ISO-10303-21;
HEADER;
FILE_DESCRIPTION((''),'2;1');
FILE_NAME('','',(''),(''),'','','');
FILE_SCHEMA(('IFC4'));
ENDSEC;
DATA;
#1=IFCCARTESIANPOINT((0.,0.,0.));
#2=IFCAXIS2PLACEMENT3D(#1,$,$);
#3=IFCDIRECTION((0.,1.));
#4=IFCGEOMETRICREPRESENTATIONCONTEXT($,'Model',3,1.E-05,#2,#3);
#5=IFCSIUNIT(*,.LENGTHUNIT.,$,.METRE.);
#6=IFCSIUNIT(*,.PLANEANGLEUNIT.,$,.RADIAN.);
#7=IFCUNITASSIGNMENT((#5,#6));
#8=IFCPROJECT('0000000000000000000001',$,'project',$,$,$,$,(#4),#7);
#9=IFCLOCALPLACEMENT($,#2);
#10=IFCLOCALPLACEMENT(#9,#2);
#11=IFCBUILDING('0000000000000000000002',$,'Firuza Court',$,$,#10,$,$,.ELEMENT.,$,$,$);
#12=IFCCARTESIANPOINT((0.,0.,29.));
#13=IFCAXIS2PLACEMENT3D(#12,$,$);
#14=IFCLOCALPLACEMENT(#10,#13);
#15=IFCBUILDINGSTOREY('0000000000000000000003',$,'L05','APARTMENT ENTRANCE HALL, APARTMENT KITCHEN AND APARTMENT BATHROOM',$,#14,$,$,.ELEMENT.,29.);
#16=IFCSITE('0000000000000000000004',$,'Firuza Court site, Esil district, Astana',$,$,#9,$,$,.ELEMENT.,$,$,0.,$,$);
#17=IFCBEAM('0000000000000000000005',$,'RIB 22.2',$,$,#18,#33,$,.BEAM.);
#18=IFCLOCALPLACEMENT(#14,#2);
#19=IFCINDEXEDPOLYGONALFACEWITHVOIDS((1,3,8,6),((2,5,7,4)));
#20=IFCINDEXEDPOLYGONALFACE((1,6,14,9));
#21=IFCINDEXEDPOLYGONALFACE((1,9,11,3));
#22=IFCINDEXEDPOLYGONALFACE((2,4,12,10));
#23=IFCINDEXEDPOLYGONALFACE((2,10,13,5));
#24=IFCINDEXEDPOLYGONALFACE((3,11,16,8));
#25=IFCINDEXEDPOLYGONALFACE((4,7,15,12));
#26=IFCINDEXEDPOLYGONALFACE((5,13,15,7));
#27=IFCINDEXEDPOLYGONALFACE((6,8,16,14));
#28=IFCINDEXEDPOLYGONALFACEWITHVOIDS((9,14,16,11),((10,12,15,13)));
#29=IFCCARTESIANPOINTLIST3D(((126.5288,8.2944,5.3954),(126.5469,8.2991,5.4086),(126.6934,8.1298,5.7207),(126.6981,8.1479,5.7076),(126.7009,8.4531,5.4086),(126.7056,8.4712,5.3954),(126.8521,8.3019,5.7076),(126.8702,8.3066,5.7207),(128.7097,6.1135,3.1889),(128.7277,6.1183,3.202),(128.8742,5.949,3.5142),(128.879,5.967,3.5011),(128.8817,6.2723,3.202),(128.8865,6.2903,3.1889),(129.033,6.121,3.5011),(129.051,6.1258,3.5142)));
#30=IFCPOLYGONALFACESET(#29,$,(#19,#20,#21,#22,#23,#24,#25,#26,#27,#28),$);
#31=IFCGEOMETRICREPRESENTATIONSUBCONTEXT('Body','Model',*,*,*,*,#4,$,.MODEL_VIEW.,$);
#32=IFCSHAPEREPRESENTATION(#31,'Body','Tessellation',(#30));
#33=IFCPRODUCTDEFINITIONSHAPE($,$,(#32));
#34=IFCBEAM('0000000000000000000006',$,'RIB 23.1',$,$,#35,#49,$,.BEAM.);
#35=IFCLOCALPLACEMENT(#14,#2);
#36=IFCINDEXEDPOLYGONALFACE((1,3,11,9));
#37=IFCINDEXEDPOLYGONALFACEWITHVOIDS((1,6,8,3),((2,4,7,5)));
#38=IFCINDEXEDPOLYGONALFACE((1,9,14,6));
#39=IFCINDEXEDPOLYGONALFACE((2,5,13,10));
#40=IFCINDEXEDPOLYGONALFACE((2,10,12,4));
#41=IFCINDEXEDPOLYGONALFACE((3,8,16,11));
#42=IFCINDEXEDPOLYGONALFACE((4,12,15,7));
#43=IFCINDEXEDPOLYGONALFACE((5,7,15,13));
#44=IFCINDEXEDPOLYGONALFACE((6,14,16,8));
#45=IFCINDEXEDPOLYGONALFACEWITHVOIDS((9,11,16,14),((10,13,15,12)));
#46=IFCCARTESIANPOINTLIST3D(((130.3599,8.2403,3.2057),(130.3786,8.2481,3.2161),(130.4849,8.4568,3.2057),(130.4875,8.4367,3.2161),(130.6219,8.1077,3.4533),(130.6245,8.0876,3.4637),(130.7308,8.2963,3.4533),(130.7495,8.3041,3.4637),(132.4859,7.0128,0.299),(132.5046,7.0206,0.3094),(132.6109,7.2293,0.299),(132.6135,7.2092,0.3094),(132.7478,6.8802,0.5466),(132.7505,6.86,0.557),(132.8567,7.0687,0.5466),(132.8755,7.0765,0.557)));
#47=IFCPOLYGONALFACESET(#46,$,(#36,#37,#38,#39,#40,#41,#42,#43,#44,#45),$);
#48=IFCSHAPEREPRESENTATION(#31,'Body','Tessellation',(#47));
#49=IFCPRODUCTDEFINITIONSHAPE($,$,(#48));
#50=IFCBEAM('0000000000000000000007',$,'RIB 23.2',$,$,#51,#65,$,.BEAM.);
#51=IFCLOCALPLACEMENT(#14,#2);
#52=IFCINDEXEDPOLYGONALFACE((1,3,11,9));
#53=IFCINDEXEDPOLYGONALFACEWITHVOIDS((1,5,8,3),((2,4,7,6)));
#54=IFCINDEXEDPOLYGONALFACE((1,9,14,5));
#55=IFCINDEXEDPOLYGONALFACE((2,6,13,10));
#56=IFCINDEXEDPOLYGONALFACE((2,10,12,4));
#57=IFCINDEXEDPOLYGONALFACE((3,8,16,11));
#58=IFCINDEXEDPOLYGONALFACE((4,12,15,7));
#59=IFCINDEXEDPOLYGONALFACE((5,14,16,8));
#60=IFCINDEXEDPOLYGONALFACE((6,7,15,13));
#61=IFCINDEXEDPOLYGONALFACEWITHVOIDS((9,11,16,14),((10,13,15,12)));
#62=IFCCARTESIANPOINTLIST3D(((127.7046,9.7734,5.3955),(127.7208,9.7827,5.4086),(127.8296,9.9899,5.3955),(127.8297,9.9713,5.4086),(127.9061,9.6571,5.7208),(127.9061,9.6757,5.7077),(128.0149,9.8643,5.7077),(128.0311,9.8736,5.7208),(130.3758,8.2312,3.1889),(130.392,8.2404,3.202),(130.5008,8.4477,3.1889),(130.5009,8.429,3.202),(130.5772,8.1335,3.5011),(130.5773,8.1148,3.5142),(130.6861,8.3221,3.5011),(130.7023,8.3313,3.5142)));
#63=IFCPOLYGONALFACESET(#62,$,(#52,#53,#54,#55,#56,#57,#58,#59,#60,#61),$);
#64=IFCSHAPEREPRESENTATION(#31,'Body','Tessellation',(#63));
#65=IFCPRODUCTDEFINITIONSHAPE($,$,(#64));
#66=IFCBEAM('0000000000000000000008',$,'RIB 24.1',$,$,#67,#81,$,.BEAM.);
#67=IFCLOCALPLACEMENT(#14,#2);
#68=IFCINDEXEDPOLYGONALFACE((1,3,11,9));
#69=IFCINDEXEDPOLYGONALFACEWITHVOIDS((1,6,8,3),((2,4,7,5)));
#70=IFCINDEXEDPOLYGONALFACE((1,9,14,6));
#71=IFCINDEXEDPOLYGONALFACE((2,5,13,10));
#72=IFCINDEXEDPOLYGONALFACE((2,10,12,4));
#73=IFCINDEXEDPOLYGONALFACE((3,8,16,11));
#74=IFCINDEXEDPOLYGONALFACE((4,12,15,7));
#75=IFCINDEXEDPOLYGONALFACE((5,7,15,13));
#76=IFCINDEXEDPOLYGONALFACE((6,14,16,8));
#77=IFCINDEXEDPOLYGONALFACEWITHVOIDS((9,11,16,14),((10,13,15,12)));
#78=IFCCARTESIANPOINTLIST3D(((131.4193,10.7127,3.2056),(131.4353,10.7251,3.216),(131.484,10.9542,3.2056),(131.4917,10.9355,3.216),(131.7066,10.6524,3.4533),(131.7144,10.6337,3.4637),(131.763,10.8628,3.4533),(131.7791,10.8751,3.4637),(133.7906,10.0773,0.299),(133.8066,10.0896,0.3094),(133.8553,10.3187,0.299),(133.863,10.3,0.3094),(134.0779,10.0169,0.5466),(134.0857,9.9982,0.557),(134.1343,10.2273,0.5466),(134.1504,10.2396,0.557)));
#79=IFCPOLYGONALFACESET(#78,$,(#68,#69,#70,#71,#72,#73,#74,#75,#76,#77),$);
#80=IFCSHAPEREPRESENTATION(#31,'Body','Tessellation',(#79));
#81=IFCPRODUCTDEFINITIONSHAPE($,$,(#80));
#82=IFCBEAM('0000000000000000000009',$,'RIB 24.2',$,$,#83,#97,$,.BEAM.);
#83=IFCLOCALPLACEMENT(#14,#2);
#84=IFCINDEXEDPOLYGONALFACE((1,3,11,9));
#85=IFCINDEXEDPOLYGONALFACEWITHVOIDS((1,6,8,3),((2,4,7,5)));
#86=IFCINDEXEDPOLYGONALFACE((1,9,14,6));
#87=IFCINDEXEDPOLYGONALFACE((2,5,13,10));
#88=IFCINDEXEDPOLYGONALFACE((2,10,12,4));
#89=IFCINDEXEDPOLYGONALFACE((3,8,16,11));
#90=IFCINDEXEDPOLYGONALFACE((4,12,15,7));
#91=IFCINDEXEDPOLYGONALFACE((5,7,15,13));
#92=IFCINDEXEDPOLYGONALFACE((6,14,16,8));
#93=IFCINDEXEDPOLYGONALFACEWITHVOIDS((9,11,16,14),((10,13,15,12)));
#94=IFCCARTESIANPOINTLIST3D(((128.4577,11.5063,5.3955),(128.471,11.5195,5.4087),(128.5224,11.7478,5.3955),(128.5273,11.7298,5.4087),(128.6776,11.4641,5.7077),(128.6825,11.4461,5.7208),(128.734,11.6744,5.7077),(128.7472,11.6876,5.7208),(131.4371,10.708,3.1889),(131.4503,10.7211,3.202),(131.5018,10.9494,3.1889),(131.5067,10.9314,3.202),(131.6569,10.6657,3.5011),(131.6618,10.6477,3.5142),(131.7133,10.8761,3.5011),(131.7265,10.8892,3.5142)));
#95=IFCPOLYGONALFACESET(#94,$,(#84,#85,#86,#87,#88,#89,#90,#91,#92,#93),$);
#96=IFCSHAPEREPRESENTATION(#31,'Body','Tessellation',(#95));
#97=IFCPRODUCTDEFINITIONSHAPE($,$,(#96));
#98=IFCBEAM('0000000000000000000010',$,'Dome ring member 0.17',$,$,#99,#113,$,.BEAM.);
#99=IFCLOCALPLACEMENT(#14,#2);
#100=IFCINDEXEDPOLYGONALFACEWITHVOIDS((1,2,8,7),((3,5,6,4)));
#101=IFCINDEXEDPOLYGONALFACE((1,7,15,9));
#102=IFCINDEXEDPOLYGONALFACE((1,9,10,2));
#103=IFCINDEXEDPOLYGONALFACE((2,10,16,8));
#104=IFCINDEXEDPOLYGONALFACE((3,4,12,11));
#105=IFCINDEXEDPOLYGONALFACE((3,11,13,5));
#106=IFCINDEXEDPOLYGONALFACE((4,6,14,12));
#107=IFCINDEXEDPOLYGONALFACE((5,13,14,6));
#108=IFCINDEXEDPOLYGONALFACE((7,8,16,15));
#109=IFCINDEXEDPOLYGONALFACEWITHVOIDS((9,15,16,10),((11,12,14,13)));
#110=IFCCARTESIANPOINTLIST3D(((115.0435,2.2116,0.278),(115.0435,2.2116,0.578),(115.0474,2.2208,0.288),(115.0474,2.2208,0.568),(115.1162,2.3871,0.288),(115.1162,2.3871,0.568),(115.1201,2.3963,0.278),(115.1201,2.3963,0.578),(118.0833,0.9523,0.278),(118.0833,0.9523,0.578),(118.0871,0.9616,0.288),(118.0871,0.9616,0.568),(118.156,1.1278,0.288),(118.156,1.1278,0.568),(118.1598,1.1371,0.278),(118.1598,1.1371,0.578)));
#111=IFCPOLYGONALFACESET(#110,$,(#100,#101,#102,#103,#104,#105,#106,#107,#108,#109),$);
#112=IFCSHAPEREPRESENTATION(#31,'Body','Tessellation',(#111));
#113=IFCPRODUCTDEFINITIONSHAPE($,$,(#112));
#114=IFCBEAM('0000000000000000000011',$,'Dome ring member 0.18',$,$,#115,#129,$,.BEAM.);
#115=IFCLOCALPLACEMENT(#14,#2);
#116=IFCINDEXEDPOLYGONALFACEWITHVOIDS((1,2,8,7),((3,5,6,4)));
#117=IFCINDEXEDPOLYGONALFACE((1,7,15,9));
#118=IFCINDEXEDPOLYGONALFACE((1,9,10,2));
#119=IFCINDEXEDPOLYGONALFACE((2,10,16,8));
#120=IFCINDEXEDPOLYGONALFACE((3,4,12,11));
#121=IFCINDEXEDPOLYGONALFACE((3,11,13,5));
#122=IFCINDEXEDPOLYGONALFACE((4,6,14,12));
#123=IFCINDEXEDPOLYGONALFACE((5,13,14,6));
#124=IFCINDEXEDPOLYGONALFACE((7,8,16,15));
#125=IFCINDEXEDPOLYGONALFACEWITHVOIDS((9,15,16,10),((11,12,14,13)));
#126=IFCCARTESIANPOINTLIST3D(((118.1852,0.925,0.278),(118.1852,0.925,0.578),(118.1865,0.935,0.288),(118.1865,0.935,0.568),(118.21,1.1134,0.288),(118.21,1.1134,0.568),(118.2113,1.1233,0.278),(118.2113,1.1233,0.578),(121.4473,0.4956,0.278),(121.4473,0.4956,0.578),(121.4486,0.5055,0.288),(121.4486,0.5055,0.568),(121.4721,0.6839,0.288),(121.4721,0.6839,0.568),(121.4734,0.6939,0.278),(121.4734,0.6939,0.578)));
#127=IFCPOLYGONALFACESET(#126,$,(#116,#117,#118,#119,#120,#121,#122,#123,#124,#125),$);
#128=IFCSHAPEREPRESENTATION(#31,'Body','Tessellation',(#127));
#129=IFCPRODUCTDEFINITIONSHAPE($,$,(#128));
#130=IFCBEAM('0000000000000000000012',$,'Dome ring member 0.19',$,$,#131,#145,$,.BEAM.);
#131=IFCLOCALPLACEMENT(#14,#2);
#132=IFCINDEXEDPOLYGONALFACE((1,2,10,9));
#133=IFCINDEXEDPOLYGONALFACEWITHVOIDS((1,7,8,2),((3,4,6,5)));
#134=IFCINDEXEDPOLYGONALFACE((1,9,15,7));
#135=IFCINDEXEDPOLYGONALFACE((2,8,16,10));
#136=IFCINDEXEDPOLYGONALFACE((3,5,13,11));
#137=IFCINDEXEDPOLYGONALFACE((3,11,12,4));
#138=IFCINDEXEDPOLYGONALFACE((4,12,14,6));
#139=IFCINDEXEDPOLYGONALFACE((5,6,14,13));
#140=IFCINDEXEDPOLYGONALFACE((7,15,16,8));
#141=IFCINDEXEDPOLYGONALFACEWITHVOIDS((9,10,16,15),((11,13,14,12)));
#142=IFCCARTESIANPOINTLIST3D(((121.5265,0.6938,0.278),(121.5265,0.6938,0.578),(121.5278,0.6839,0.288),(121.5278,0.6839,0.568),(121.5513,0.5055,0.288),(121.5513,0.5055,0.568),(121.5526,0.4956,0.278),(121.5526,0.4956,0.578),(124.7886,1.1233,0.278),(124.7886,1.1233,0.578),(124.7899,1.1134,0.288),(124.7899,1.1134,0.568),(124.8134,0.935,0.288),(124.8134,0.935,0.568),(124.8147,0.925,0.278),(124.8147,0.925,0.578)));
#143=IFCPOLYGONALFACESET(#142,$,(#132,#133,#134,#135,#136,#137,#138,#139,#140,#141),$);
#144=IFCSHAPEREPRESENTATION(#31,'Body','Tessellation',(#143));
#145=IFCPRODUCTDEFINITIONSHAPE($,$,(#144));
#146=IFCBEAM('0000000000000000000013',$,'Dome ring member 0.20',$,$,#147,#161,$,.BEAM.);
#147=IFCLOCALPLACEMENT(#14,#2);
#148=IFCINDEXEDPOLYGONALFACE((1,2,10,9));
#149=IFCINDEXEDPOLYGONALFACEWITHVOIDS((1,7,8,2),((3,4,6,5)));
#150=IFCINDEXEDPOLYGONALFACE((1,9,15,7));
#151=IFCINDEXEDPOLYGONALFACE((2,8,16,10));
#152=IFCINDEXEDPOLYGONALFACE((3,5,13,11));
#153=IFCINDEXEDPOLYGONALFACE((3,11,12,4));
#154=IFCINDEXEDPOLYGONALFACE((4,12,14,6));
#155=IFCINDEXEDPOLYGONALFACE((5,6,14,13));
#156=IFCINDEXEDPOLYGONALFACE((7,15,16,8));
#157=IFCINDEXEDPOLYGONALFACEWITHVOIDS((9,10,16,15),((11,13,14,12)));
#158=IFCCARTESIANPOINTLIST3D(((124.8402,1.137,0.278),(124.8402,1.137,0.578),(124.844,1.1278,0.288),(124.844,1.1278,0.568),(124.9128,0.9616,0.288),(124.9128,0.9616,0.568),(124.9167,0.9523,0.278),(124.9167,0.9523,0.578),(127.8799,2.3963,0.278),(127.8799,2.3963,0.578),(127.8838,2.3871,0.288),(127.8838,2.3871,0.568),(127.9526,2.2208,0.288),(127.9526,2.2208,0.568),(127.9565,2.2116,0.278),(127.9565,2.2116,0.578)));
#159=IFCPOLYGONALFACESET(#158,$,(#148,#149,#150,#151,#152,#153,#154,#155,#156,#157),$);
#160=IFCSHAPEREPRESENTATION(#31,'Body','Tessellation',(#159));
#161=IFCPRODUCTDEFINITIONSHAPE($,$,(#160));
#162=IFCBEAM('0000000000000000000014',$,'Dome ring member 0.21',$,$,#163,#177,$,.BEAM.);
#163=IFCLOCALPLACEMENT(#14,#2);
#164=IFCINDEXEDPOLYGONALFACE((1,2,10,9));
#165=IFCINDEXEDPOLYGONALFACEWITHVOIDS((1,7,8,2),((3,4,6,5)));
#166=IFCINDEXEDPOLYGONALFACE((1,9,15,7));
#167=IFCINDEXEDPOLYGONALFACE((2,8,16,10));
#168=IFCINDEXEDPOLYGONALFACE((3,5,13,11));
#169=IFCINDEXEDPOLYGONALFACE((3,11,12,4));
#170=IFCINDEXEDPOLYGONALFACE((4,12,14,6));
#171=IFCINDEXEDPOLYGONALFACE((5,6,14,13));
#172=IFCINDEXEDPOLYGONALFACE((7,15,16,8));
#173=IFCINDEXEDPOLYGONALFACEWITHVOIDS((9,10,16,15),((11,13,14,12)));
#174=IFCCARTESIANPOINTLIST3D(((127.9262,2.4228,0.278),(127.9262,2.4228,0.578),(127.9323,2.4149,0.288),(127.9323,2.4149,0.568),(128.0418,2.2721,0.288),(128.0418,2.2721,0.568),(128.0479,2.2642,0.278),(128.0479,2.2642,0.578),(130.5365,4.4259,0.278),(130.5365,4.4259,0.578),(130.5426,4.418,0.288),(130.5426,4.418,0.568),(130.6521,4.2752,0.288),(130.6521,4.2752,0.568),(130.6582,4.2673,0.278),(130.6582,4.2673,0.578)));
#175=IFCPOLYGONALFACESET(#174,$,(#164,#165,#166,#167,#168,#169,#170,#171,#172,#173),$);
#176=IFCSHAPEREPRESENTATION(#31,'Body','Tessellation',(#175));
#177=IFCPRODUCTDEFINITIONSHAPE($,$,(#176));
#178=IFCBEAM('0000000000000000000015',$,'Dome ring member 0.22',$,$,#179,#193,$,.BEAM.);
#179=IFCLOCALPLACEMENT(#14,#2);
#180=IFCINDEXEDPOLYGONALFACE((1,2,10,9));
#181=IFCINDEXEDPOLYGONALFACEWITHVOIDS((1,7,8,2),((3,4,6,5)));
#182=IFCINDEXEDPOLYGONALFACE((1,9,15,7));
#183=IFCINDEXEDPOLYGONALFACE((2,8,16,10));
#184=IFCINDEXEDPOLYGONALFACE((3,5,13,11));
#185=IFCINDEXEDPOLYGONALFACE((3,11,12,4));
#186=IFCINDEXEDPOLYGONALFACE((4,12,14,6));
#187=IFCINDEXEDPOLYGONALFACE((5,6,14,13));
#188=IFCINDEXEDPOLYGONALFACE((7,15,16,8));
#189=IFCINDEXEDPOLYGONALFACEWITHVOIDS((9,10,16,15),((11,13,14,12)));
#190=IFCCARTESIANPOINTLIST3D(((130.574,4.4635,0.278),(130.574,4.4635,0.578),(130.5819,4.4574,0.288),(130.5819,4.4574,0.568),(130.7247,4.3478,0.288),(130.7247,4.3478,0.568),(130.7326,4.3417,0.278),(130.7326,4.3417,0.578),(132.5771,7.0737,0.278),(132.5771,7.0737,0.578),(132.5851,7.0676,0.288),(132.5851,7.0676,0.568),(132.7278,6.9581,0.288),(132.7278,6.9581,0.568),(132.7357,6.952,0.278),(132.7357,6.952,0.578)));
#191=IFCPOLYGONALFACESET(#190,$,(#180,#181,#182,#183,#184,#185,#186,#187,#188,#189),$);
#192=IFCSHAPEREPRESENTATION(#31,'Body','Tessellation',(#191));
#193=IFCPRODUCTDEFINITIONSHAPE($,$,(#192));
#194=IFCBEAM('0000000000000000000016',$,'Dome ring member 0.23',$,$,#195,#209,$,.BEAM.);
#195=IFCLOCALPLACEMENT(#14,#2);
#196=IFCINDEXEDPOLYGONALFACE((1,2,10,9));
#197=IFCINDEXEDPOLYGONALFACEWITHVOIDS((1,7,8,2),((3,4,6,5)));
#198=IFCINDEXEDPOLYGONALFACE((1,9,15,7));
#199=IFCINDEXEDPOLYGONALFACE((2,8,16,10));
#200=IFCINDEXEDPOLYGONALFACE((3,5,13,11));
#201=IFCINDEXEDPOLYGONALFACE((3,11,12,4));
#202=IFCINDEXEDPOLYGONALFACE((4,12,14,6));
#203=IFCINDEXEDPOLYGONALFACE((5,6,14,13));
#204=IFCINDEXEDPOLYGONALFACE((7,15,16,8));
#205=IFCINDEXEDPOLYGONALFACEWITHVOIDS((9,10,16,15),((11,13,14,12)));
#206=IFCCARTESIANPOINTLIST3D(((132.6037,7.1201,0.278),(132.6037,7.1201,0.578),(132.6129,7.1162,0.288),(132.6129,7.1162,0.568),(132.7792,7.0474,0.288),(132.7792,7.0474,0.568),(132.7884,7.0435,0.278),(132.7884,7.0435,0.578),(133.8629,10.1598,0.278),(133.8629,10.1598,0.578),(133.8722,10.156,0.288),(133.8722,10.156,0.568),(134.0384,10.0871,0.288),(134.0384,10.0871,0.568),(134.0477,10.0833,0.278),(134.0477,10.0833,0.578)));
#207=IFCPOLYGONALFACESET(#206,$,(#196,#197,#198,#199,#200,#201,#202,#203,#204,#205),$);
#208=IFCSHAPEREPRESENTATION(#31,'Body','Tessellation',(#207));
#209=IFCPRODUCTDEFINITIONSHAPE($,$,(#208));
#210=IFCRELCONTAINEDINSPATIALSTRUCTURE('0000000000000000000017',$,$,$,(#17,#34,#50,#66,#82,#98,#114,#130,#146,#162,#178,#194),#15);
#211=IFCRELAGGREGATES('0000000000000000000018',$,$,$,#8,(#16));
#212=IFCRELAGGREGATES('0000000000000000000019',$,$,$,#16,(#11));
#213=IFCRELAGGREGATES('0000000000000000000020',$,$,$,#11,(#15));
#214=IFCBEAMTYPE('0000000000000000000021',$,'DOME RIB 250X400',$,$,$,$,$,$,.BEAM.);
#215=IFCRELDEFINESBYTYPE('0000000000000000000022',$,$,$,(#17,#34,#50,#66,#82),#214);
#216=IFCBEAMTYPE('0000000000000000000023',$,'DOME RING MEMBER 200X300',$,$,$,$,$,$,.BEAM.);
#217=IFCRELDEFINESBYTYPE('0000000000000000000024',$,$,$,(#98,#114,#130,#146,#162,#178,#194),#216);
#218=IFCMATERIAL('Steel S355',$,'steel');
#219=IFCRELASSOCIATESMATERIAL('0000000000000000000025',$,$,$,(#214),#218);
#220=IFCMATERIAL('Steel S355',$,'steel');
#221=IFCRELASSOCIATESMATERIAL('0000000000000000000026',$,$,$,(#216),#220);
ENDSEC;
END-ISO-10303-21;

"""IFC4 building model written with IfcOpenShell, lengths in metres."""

from ifc_helpers import new_model, si_unit, direction, frame, origin, origin_2d, place, context, subcontext, project, spatial, hollow_rectangle, extrude, material, material_profile, profile_set, type_object, element, save


model = new_model("IFC4")

# Units and contexts
model_context = context("Model", 3, precision=1e-05, world=origin(), true_north=direction((0.0, 1.0)))
body_context = subcontext(model_context, "Body", "Model", "MODEL_VIEW")
ifc_project = project(units=[si_unit("LENGTHUNIT", "METRE"), si_unit("PLANEANGLEUNIT", "RADIAN")], contexts=[model_context])

# Site, building, storey
site_placement = place(None, origin())
site = spatial("IfcSite", under=ifc_project, at=site_placement, Name="Firuza Court site, Esil district, Astana", CompositionType="ELEMENT", RefElevation=0.0)
building_placement = place(site_placement, origin())
building = spatial("IfcBuilding", under=site, at=building_placement, Name="Firuza Court", CompositionType="ELEMENT")
storey_placement = place(building_placement, frame((0.0, 0.0, 29.0)))
storey = spatial("IfcBuildingStorey", under=building, at=storey_placement, Name="L05", Description="APARTMENT ENTRANCE HALL, APARTMENT KITCHEN AND APARTMENT BATHROOM", CompositionType="ELEMENT", Elevation=29.0)

# Beams
ifc_material_1 = material(Name="Steel S355", Category="steel")
ifc_material_profile_1 = material_profile(ifc_material_1, hollow_rectangle(XDim=0.25, YDim=0.3999, WallThickness=0.0161, at=origin_2d()), Name="RHS 400X250X16")
ifc_profile_set_1 = profile_set([ifc_material_profile_1], Name="Steel S355")
beam_type_1 = type_object("IfcBeamType", Name="DOME RIB 250X400", PredefinedType="BEAM", material=ifc_profile_set_1)
beam_1_placement = place(storey_placement, frame((128.8804, 6.1196, 3.3516), z_axis=(-0.575088, 0.575088, 0.581848), x_axis=(-0.707107, -0.707107, 0.0)))
element("IfcBeam", 1, at=beam_1_placement, inside=storey, type_object=beam_type_1, Name="RIB 22.2", PredefinedType="BEAM", context=body_context, shape_type="SweptSolid", body=[
    extrude(hollow_rectangle(XDim=0.25, YDim=0.3999, WallThickness=0.0161, at=origin_2d()), origin(), (0.0, 0.0, 1.0), 3.7922),
])
beam_2_placement = place(storey_placement, frame((132.6807, 7.0447, 0.428), z_axis=(-0.558776, 0.322637, 0.763986), x_axis=(-0.500032, -0.866007, 0.0)))
element("IfcBeam", 2, at=beam_2_placement, inside=storey, type_object=beam_type_1, Name="RIB 23.1", PredefinedType="BEAM", context=body_context, shape_type="SweptSolid", body=[
    extrude(hollow_rectangle(XDim=0.25, YDim=0.3999, WallThickness=0.0161, at=origin_2d()), origin(), (0.0, 0.0, 1.0), 3.8047),
])
beam_3_placement = place(storey_placement, frame((130.5391, 8.2812, 3.3516), z_axis=(-0.70434, 0.406665, 0.581832), x_axis=(-0.500013, -0.866018, 0.0)))
element("IfcBeam", 3, at=beam_3_placement, inside=storey, type_object=beam_type_1, Name="RIB 23.2", PredefinedType="BEAM", context=body_context, shape_type="SweptSolid", body=[
    extrude(hollow_rectangle(XDim=0.25, YDim=0.3999, WallThickness=0.0161, at=origin_2d()), origin(), (0.0, 0.0, 1.0), 3.7925),
])
beam_4_placement = place(storey_placement, frame((133.9705, 10.1584, 0.428), z_axis=(-0.623255, 0.167027, 0.763973), x_axis=(-0.258857, -0.965916, 0.0)))
element("IfcBeam", 4, at=beam_4_placement, inside=storey, type_object=beam_type_1, Name="RIB 24.1", PredefinedType="BEAM", context=body_context, shape_type="SweptSolid", body=[
    extrude(hollow_rectangle(XDim=0.25, YDim=0.3999, WallThickness=0.0161, at=origin_2d()), origin(), (0.0, 0.0, 1.0), 3.8047),
])
beam_5_placement = place(storey_placement, frame((131.5818, 10.7986, 3.3516), z_axis=(-0.785589, 0.210512, 0.581837), x_axis=(-0.258835, -0.965922, 0.0)))
element("IfcBeam", 5, at=beam_5_placement, inside=storey, type_object=beam_type_1, Name="RIB 24.2", PredefinedType="BEAM", context=body_context, shape_type="SweptSolid", body=[
    extrude(hollow_rectangle(XDim=0.25, YDim=0.3999, WallThickness=0.0161, at=origin_2d()), origin(), (0.0, 0.0, 1.0), 3.7925),
])
ifc_material_2 = material(Name="Steel S355", Category="steel")
ifc_material_profile_2 = material_profile(ifc_material_2, hollow_rectangle(XDim=0.2, YDim=0.3, WallThickness=0.01, at=origin_2d()), Name="RHS 300X200X10")
ifc_profile_set_2 = profile_set([ifc_material_profile_2], Name="Steel S355")
beam_type_2 = type_object("IfcBeamType", Name="DOME RING MEMBER 200X300", PredefinedType="BEAM", material=ifc_profile_set_2)
for number, where, z_axis, x_axis, name in (
    (6, (115.0818, 2.304, 0.428), (0.923863, -0.382723, 0.0), (0.382723, 0.923863, 0.0), "Dome ring member 0.17"),
    (7, (118.1982, 1.0242, 0.428), (0.991446, -0.130516, 0.0), (0.130516, 0.991446, 0.0), "Dome ring member 0.18"),
    (8, (121.5396, 0.5947, 0.428), (0.991446, 0.130516, 0.0), (-0.130516, 0.991446, 0.0), "Dome ring member 0.19"),
    (9, (124.8784, 1.0447, 0.428), (0.923863, 0.382723, 0.0), (-0.382723, 0.923863, 0.0), "Dome ring member 0.20"),
    (10, (127.9871, 2.3435, 0.428), (0.793327, 0.608796, 0.0), (-0.608796, 0.793327, 0.0), "Dome ring member 0.21"),
    (11, (130.6533, 4.4026, 0.428), (0.608796, 0.793327, 0.0), (-0.793327, 0.608796, 0.0), "Dome ring member 0.22"),
    (12, (132.696, 7.0818, 0.428), (0.382723, 0.923863, 0.0), (-0.923863, 0.382723, 0.0), "Dome ring member 0.23"),
):
    element("IfcBeam", number, at=place(storey_placement, frame(where, z_axis=z_axis, x_axis=x_axis)), inside=storey, type_object=beam_type_2, Name=name, PredefinedType="BEAM", context=body_context, shape_type="SweptSolid", body=[
        extrude(hollow_rectangle(XDim=0.2, YDim=0.3, WallThickness=0.01, at=origin_2d()), origin(), (0.0, 0.0, 1.0), 3.2903),
    ])

save(model, "model.ifc")
